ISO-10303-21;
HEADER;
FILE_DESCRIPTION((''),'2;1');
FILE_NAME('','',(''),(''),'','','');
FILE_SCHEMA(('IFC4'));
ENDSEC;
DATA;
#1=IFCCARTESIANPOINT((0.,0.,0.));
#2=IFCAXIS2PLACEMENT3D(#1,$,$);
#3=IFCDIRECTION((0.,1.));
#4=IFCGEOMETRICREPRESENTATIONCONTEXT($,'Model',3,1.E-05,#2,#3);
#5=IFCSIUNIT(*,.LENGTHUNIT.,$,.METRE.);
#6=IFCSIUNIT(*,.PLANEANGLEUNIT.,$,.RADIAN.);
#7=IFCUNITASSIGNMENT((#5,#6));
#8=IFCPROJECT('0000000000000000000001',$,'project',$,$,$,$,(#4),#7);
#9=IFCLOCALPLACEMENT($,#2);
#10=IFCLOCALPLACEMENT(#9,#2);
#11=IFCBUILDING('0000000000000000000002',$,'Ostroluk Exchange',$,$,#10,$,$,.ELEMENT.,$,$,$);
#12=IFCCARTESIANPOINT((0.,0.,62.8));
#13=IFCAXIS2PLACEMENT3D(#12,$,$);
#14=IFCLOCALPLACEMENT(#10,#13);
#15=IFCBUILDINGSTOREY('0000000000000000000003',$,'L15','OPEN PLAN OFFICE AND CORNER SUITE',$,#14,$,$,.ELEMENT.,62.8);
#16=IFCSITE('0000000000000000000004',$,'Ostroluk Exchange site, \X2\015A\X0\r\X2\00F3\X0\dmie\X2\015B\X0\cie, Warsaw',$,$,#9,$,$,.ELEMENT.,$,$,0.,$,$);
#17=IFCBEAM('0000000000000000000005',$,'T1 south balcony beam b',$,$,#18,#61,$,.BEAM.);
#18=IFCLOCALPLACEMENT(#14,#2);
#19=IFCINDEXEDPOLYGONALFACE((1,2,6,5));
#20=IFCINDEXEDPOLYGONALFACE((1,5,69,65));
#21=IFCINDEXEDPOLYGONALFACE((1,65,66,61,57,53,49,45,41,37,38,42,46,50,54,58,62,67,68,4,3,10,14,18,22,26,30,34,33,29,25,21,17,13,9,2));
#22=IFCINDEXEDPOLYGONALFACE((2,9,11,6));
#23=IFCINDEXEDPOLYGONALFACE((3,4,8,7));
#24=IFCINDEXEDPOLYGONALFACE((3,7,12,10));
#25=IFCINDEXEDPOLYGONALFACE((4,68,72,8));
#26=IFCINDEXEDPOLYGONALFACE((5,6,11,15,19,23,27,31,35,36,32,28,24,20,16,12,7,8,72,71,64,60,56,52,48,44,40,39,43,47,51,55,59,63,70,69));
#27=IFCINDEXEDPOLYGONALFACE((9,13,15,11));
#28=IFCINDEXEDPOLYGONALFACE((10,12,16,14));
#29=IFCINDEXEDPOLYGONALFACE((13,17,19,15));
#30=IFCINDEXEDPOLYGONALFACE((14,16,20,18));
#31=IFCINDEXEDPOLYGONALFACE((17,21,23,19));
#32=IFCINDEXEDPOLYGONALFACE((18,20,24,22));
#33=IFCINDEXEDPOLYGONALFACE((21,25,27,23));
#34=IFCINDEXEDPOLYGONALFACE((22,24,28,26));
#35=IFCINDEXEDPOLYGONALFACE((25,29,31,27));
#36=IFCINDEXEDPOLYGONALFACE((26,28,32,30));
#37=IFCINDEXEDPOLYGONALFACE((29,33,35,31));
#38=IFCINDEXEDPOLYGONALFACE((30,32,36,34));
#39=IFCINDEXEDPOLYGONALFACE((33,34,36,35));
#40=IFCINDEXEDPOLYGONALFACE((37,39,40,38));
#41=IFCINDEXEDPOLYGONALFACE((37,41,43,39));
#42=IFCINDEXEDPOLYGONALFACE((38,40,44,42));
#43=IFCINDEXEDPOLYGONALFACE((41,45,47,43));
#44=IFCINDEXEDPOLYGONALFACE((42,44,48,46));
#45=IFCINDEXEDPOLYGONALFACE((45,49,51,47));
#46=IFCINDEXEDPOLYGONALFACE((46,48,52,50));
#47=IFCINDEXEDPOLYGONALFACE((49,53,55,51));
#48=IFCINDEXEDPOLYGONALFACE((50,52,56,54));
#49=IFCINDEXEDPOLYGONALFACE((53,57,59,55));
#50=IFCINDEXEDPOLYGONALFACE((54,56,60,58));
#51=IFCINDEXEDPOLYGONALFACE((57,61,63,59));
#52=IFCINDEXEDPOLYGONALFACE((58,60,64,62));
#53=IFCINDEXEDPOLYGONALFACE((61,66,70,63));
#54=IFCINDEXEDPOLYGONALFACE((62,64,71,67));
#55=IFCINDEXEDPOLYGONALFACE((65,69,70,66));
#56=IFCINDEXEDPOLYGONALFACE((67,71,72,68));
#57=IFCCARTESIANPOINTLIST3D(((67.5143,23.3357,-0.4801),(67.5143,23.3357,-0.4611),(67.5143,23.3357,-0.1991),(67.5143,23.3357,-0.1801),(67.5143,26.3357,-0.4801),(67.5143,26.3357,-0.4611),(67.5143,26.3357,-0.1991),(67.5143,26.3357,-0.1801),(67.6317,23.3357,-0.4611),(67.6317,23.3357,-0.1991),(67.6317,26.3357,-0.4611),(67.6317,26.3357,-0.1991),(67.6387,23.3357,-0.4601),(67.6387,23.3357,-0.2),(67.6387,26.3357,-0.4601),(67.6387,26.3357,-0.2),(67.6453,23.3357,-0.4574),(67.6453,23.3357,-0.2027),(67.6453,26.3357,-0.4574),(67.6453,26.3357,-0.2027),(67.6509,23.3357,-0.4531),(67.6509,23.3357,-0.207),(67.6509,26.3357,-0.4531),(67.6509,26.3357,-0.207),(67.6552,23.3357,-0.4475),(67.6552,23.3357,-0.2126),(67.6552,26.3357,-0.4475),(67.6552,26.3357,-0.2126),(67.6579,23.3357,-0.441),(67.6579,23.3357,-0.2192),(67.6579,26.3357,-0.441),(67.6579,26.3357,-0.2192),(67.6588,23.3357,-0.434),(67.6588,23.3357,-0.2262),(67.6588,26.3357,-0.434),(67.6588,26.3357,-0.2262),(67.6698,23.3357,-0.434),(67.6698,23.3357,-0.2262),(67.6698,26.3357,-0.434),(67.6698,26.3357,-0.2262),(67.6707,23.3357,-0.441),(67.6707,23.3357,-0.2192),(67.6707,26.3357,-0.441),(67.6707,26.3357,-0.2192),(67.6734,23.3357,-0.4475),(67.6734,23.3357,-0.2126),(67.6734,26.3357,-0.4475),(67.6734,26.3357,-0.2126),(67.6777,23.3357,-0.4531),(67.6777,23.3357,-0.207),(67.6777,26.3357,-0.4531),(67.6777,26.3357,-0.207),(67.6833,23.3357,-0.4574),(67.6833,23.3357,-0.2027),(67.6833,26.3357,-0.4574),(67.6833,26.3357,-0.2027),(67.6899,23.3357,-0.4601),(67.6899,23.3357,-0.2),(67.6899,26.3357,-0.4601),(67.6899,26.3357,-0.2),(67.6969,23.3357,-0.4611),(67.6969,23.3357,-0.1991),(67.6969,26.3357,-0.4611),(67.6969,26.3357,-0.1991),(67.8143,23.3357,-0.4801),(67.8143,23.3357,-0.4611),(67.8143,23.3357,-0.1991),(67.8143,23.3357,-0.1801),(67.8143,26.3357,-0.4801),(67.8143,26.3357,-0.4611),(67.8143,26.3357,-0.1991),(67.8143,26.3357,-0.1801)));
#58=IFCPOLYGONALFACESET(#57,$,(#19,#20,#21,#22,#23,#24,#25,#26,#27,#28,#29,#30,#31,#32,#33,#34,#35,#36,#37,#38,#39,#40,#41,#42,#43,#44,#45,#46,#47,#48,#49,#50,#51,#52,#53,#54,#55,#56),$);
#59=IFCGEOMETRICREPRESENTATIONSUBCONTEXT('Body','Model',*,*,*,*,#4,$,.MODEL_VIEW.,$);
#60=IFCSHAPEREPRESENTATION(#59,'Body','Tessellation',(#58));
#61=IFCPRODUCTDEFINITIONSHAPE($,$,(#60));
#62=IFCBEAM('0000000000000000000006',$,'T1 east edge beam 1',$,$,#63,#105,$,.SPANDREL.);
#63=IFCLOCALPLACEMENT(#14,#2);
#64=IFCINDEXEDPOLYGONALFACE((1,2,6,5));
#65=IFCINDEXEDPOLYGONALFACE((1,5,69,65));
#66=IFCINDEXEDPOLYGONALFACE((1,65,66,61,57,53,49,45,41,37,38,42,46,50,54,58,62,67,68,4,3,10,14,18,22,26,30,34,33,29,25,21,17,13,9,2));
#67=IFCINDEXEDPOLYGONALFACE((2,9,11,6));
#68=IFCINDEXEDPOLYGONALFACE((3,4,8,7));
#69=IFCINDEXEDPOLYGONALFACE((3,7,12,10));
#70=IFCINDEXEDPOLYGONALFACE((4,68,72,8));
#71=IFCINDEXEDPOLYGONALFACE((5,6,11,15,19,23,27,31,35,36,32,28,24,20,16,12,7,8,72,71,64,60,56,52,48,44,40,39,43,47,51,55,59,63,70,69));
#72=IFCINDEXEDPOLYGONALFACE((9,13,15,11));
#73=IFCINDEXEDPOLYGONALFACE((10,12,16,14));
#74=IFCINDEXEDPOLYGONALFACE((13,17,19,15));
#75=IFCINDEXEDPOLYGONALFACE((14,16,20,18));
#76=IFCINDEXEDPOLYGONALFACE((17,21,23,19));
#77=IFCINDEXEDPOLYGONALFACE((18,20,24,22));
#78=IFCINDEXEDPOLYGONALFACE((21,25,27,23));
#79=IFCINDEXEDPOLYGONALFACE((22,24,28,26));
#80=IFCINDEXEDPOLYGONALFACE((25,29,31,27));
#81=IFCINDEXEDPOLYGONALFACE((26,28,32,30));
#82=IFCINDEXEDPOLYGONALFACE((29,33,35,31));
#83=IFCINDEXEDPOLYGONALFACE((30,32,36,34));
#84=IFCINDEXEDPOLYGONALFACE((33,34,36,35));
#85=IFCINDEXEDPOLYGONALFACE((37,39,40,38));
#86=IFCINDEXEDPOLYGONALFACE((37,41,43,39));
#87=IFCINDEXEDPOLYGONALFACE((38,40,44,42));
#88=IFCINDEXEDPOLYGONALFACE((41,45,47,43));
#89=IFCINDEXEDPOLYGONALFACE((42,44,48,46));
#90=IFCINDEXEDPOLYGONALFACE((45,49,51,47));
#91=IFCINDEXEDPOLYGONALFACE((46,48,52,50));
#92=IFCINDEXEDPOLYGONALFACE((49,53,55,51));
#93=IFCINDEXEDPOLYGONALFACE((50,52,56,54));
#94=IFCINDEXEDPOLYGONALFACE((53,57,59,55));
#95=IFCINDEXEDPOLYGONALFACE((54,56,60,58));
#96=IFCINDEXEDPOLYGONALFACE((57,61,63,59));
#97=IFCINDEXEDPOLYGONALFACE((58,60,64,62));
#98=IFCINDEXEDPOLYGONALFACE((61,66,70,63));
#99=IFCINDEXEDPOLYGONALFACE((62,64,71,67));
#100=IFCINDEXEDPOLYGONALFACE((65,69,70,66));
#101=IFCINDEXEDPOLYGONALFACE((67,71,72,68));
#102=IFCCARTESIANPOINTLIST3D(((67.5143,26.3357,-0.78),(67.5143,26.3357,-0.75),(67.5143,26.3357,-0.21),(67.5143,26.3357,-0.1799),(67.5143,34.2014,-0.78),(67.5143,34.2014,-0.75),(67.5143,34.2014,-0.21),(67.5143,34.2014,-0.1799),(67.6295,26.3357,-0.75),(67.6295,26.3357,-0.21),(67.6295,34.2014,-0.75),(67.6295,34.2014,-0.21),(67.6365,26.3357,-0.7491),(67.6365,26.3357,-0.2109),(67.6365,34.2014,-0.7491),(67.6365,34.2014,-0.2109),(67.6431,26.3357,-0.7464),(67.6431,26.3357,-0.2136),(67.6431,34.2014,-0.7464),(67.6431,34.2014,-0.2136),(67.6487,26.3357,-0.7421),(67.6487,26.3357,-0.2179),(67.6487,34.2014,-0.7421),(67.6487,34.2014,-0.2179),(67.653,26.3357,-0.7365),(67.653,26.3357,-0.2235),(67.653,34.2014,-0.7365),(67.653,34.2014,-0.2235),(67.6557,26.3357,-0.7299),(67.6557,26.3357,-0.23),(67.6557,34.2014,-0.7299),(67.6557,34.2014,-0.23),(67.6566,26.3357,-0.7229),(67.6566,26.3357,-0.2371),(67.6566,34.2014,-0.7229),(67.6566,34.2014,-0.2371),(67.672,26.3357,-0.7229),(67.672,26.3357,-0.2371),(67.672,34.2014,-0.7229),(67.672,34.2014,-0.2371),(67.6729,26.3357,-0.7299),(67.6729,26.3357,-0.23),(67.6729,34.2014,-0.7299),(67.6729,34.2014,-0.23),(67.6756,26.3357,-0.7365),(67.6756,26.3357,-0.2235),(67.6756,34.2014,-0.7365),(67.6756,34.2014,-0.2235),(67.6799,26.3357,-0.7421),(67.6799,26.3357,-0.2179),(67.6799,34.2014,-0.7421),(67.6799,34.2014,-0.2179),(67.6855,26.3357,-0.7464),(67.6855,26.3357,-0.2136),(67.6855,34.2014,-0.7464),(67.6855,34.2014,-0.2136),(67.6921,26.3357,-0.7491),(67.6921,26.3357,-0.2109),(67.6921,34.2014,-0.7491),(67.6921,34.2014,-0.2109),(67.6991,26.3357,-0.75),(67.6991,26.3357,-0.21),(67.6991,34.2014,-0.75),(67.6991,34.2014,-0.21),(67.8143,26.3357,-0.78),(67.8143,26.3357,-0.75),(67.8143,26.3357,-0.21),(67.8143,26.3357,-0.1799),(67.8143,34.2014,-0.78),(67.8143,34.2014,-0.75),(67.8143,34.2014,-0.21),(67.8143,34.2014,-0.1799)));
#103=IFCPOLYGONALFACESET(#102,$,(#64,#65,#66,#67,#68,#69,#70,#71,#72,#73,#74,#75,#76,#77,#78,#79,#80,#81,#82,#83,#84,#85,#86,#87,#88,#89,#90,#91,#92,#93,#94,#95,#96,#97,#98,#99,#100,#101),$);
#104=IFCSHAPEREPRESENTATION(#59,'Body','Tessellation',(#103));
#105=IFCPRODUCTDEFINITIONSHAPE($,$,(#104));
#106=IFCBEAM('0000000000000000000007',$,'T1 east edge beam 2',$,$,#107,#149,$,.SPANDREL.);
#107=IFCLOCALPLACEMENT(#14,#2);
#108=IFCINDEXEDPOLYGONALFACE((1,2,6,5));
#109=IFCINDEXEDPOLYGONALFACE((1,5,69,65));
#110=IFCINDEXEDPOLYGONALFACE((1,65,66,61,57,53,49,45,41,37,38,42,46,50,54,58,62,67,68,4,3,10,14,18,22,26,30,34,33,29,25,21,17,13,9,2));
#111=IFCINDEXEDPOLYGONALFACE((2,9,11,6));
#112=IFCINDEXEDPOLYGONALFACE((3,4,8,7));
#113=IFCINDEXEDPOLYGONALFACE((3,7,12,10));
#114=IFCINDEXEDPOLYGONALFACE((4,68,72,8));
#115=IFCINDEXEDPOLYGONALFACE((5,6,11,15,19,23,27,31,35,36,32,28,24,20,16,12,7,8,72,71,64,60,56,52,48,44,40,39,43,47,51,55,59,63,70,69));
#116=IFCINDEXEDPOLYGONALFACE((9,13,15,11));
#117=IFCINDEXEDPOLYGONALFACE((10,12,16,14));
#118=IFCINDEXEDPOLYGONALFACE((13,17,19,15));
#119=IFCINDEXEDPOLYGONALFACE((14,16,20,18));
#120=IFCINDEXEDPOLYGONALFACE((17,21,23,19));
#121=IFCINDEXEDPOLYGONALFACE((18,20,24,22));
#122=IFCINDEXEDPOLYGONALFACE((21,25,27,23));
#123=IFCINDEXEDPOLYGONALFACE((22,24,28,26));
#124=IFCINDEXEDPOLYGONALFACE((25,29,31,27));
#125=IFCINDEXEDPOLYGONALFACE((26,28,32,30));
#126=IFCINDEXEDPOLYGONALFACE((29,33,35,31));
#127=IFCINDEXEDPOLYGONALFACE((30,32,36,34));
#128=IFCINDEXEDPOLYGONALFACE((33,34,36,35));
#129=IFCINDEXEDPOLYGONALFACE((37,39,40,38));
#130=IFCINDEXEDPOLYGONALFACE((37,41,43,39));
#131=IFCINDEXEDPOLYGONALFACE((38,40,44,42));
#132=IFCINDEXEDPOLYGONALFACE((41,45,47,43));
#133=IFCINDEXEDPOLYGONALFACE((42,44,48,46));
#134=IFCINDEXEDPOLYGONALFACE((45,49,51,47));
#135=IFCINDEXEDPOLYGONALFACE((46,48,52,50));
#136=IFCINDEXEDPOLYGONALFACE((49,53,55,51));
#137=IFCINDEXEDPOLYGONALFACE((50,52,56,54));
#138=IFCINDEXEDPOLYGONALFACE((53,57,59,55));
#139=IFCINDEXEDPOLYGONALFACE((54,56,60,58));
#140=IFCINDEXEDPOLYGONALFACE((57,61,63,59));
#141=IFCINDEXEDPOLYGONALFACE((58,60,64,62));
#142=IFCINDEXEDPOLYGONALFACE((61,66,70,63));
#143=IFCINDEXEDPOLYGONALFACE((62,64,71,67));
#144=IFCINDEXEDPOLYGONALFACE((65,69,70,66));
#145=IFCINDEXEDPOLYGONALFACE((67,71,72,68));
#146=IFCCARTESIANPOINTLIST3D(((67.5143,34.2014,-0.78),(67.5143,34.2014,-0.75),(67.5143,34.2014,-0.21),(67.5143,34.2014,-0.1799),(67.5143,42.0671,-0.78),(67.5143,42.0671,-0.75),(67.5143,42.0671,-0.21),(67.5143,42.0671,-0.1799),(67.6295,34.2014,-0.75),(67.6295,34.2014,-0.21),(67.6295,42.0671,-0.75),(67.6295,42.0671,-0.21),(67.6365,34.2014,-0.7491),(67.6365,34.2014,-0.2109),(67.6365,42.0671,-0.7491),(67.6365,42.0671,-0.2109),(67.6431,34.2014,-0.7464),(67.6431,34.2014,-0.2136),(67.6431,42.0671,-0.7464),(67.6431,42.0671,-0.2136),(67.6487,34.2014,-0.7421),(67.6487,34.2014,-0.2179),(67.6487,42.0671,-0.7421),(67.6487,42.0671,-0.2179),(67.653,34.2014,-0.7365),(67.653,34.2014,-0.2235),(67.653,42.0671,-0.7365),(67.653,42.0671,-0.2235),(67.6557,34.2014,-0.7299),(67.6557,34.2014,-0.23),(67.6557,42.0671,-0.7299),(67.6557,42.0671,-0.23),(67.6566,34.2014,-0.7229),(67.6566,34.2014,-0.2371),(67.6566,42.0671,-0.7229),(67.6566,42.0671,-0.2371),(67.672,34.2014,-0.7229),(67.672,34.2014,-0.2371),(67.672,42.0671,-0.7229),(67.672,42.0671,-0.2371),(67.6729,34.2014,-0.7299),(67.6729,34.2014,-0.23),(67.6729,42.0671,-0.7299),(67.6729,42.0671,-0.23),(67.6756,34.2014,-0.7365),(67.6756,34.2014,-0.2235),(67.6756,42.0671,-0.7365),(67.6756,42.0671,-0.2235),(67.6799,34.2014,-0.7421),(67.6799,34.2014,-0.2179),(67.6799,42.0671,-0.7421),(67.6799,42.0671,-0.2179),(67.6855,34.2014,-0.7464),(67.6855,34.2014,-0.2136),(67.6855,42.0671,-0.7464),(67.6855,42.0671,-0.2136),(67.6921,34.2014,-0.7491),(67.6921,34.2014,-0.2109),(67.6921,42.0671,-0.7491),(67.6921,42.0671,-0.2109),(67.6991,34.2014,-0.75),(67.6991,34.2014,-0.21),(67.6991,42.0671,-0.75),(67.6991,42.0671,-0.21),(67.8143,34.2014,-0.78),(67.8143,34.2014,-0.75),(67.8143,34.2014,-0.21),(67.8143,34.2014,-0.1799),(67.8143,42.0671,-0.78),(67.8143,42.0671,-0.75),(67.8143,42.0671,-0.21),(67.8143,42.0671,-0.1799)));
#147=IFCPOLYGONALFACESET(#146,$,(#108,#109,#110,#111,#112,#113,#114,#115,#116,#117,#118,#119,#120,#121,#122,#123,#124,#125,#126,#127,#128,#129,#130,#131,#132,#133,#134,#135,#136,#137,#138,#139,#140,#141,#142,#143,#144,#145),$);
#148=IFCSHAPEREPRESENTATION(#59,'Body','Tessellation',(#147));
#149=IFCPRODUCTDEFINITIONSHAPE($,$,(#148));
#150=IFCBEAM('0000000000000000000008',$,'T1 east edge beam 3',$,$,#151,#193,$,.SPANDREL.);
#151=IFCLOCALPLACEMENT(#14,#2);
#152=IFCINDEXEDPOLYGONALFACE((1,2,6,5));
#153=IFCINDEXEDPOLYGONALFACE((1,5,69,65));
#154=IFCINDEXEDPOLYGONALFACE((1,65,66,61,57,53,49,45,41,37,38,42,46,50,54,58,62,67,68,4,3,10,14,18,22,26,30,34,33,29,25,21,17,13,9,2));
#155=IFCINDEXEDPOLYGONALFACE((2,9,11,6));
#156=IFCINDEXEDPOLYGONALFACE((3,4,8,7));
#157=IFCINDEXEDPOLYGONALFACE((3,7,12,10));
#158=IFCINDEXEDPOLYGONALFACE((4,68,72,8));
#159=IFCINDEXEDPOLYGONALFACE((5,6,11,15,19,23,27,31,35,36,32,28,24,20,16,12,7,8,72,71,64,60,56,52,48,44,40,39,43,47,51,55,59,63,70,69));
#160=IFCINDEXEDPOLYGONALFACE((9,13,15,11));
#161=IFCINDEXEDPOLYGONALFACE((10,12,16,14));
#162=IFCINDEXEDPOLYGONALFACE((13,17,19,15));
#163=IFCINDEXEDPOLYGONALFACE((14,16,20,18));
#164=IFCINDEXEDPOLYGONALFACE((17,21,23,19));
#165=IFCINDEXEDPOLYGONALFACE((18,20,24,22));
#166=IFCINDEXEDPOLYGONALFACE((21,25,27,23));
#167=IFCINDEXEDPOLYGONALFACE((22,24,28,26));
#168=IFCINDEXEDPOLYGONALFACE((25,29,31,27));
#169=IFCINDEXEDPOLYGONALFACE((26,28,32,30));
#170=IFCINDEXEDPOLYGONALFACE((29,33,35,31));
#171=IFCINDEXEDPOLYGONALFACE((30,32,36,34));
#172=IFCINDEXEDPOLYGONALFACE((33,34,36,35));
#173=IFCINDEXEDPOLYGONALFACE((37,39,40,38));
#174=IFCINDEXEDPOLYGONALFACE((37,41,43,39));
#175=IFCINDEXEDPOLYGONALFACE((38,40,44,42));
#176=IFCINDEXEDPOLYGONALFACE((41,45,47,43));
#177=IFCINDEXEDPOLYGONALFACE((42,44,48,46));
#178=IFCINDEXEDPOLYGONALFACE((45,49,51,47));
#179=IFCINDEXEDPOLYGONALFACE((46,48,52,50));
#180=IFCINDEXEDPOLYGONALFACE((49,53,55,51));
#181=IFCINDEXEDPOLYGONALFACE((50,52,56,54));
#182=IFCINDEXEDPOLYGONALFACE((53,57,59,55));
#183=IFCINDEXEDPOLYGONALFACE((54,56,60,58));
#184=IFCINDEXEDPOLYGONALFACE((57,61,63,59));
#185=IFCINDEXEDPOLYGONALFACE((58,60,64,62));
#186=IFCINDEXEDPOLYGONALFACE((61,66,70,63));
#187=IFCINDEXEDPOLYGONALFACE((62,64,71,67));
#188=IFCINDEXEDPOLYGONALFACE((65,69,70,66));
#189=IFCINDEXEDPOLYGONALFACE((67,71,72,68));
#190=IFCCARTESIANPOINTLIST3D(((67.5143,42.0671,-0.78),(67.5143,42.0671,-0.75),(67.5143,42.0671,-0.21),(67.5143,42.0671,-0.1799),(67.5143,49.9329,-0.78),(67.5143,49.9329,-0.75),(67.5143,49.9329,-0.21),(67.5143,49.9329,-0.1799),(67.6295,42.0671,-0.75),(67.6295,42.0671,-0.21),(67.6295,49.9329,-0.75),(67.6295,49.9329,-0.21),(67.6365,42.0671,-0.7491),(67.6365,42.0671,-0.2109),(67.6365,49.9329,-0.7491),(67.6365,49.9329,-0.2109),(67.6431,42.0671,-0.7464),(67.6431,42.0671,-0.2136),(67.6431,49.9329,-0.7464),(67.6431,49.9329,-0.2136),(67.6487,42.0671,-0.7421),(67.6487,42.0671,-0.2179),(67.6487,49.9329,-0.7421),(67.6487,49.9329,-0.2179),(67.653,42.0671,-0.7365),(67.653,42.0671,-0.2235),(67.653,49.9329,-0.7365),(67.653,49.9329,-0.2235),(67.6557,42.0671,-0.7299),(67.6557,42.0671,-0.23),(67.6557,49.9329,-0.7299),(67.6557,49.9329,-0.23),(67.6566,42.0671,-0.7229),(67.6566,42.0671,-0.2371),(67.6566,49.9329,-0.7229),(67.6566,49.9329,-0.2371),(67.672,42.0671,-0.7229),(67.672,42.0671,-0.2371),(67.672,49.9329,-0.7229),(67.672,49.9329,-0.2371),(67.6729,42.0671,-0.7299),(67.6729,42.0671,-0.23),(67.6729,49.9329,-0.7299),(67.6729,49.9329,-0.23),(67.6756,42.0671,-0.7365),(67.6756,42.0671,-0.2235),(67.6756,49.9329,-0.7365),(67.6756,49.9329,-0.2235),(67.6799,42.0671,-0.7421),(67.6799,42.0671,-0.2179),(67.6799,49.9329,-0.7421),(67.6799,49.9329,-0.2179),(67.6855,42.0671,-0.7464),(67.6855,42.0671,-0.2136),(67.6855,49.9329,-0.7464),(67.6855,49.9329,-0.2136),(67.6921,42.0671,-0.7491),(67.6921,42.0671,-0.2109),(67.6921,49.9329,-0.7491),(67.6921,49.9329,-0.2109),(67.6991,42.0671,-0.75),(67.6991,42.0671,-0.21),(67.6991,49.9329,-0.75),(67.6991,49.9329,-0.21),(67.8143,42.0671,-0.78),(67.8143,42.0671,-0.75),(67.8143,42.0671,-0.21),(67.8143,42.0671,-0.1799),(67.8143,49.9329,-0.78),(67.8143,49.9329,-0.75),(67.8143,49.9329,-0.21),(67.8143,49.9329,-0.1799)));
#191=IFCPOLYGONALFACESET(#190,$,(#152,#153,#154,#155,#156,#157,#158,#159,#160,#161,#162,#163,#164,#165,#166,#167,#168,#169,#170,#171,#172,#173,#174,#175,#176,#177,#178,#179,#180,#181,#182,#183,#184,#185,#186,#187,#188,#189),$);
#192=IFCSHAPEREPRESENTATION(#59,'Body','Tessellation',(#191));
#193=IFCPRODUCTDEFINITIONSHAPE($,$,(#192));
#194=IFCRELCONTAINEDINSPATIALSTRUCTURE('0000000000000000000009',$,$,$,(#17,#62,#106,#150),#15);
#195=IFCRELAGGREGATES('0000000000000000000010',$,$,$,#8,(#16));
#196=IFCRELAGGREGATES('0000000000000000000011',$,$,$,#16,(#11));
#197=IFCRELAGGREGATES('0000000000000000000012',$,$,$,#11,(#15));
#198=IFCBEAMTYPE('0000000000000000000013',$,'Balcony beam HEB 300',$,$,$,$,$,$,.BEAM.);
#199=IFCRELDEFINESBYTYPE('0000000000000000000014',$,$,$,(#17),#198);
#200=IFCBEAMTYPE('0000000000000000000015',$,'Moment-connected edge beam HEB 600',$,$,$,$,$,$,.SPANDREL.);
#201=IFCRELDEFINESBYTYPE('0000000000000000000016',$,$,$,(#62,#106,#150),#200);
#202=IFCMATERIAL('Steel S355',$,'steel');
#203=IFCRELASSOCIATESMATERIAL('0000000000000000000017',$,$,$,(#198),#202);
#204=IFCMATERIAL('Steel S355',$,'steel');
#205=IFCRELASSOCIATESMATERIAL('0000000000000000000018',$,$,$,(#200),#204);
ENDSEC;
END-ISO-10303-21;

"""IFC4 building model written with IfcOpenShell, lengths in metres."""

from ifc_helpers import new_model, si_unit, direction, frame, origin, origin_2d, place, context, subcontext, project, spatial, i_section, extrude, material, material_profile, profile_set, type_object, element, save


model = new_model("IFC4")

# Units and contexts
model_context = context("Model", 3, precision=1e-05, world=origin(), true_north=direction((0.0, 1.0)))
body_context = subcontext(model_context, "Body", "Model", "MODEL_VIEW")
ifc_project = project(units=[si_unit("LENGTHUNIT", "METRE"), si_unit("PLANEANGLEUNIT", "RADIAN")], contexts=[model_context])

# Site, building, storey
site_placement = place(None, origin())
site = spatial("IfcSite", under=ifc_project, at=site_placement, Name="Ostroluk Exchange site, Śródmieście, Warsaw", CompositionType="ELEMENT", RefElevation=0.0)
building_placement = place(site_placement, origin())
building = spatial("IfcBuilding", under=site, at=building_placement, Name="Ostroluk Exchange", CompositionType="ELEMENT")
storey_placement = place(building_placement, frame((0.0, 0.0, 62.8)))
storey = spatial("IfcBuildingStorey", under=building, at=storey_placement, Name="L15", Description="OPEN PLAN OFFICE AND CORNER SUITE", CompositionType="ELEMENT", Elevation=62.8)

# Beams
ifc_material_1 = material(Name="Steel S355", Category="steel")
ifc_material_profile_1 = material_profile(ifc_material_1, i_section(OverallWidth=0.3, OverallDepth=0.3, WebThickness=0.011, FlangeThickness=0.019, FilletRadius=0.0271, at=origin_2d()), Name="HEB 300")
ifc_profile_set_1 = profile_set([ifc_material_profile_1], Name="Steel S355")
beam_type_1 = type_object("IfcBeamType", Name="Balcony beam HEB 300", PredefinedType="BEAM", material=ifc_profile_set_1)
beam_placement = place(storey_placement, frame((67.6643, 26.3357, -0.3301), z_axis=(0.0, -1.0, 0.0), x_axis=(1.0, 0.0, 0.0)))
element("IfcBeam", 1, at=beam_placement, inside=storey, type_object=beam_type_1, Name="T1 south balcony beam b", PredefinedType="BEAM", context=body_context, shape_type="SweptSolid", body=[
    extrude(i_section(OverallWidth=0.3, OverallDepth=0.3, WebThickness=0.011, FlangeThickness=0.019, FilletRadius=0.0271, at=origin_2d()), origin(), (0.0, 0.0, 1.0), 3.0),
])
ifc_material_2 = material(Name="Steel S355", Category="steel")
ifc_material_profile_2 = material_profile(ifc_material_2, i_section(OverallWidth=0.3, OverallDepth=0.6001, WebThickness=0.0154, FlangeThickness=0.03, FilletRadius=0.0271, at=origin_2d()), Name="HEB 600")
ifc_profile_set_2 = profile_set([ifc_material_profile_2], Name="Steel S355")
beam_type_2 = type_object("IfcBeamType", Name="Moment-connected edge beam HEB 600", PredefinedType="SPANDREL", material=ifc_profile_set_2)
for number, where, z_axis, x_axis, name in (
    (2, (67.6643, 26.3357, -0.48), (0.0, 1.0, 0.0), (-1.0, 0.0, 0.0), "T1 east edge beam 1"),
    (3, (67.6643, 34.2014, -0.48), (0.0, 1.0, 0.0), (-1.0, 0.0, 0.0), "T1 east edge beam 2"),
    (4, (67.6643, 42.0671, -0.48), (0.0, 1.0, 0.0), (-1.0, 0.0, 0.0), "T1 east edge beam 3"),
):
    element("IfcBeam", number, at=place(storey_placement, frame(where, z_axis=z_axis, x_axis=x_axis)), inside=storey, type_object=beam_type_2, Name=name, PredefinedType="SPANDREL", context=body_context, shape_type="SweptSolid", body=[
        extrude(i_section(OverallWidth=0.3, OverallDepth=0.6001, WebThickness=0.0154, FlangeThickness=0.03, FilletRadius=0.0271, at=origin_2d()), origin(), (0.0, 0.0, 1.0), 7.8657),
    ])

save(model, "model.ifc")
